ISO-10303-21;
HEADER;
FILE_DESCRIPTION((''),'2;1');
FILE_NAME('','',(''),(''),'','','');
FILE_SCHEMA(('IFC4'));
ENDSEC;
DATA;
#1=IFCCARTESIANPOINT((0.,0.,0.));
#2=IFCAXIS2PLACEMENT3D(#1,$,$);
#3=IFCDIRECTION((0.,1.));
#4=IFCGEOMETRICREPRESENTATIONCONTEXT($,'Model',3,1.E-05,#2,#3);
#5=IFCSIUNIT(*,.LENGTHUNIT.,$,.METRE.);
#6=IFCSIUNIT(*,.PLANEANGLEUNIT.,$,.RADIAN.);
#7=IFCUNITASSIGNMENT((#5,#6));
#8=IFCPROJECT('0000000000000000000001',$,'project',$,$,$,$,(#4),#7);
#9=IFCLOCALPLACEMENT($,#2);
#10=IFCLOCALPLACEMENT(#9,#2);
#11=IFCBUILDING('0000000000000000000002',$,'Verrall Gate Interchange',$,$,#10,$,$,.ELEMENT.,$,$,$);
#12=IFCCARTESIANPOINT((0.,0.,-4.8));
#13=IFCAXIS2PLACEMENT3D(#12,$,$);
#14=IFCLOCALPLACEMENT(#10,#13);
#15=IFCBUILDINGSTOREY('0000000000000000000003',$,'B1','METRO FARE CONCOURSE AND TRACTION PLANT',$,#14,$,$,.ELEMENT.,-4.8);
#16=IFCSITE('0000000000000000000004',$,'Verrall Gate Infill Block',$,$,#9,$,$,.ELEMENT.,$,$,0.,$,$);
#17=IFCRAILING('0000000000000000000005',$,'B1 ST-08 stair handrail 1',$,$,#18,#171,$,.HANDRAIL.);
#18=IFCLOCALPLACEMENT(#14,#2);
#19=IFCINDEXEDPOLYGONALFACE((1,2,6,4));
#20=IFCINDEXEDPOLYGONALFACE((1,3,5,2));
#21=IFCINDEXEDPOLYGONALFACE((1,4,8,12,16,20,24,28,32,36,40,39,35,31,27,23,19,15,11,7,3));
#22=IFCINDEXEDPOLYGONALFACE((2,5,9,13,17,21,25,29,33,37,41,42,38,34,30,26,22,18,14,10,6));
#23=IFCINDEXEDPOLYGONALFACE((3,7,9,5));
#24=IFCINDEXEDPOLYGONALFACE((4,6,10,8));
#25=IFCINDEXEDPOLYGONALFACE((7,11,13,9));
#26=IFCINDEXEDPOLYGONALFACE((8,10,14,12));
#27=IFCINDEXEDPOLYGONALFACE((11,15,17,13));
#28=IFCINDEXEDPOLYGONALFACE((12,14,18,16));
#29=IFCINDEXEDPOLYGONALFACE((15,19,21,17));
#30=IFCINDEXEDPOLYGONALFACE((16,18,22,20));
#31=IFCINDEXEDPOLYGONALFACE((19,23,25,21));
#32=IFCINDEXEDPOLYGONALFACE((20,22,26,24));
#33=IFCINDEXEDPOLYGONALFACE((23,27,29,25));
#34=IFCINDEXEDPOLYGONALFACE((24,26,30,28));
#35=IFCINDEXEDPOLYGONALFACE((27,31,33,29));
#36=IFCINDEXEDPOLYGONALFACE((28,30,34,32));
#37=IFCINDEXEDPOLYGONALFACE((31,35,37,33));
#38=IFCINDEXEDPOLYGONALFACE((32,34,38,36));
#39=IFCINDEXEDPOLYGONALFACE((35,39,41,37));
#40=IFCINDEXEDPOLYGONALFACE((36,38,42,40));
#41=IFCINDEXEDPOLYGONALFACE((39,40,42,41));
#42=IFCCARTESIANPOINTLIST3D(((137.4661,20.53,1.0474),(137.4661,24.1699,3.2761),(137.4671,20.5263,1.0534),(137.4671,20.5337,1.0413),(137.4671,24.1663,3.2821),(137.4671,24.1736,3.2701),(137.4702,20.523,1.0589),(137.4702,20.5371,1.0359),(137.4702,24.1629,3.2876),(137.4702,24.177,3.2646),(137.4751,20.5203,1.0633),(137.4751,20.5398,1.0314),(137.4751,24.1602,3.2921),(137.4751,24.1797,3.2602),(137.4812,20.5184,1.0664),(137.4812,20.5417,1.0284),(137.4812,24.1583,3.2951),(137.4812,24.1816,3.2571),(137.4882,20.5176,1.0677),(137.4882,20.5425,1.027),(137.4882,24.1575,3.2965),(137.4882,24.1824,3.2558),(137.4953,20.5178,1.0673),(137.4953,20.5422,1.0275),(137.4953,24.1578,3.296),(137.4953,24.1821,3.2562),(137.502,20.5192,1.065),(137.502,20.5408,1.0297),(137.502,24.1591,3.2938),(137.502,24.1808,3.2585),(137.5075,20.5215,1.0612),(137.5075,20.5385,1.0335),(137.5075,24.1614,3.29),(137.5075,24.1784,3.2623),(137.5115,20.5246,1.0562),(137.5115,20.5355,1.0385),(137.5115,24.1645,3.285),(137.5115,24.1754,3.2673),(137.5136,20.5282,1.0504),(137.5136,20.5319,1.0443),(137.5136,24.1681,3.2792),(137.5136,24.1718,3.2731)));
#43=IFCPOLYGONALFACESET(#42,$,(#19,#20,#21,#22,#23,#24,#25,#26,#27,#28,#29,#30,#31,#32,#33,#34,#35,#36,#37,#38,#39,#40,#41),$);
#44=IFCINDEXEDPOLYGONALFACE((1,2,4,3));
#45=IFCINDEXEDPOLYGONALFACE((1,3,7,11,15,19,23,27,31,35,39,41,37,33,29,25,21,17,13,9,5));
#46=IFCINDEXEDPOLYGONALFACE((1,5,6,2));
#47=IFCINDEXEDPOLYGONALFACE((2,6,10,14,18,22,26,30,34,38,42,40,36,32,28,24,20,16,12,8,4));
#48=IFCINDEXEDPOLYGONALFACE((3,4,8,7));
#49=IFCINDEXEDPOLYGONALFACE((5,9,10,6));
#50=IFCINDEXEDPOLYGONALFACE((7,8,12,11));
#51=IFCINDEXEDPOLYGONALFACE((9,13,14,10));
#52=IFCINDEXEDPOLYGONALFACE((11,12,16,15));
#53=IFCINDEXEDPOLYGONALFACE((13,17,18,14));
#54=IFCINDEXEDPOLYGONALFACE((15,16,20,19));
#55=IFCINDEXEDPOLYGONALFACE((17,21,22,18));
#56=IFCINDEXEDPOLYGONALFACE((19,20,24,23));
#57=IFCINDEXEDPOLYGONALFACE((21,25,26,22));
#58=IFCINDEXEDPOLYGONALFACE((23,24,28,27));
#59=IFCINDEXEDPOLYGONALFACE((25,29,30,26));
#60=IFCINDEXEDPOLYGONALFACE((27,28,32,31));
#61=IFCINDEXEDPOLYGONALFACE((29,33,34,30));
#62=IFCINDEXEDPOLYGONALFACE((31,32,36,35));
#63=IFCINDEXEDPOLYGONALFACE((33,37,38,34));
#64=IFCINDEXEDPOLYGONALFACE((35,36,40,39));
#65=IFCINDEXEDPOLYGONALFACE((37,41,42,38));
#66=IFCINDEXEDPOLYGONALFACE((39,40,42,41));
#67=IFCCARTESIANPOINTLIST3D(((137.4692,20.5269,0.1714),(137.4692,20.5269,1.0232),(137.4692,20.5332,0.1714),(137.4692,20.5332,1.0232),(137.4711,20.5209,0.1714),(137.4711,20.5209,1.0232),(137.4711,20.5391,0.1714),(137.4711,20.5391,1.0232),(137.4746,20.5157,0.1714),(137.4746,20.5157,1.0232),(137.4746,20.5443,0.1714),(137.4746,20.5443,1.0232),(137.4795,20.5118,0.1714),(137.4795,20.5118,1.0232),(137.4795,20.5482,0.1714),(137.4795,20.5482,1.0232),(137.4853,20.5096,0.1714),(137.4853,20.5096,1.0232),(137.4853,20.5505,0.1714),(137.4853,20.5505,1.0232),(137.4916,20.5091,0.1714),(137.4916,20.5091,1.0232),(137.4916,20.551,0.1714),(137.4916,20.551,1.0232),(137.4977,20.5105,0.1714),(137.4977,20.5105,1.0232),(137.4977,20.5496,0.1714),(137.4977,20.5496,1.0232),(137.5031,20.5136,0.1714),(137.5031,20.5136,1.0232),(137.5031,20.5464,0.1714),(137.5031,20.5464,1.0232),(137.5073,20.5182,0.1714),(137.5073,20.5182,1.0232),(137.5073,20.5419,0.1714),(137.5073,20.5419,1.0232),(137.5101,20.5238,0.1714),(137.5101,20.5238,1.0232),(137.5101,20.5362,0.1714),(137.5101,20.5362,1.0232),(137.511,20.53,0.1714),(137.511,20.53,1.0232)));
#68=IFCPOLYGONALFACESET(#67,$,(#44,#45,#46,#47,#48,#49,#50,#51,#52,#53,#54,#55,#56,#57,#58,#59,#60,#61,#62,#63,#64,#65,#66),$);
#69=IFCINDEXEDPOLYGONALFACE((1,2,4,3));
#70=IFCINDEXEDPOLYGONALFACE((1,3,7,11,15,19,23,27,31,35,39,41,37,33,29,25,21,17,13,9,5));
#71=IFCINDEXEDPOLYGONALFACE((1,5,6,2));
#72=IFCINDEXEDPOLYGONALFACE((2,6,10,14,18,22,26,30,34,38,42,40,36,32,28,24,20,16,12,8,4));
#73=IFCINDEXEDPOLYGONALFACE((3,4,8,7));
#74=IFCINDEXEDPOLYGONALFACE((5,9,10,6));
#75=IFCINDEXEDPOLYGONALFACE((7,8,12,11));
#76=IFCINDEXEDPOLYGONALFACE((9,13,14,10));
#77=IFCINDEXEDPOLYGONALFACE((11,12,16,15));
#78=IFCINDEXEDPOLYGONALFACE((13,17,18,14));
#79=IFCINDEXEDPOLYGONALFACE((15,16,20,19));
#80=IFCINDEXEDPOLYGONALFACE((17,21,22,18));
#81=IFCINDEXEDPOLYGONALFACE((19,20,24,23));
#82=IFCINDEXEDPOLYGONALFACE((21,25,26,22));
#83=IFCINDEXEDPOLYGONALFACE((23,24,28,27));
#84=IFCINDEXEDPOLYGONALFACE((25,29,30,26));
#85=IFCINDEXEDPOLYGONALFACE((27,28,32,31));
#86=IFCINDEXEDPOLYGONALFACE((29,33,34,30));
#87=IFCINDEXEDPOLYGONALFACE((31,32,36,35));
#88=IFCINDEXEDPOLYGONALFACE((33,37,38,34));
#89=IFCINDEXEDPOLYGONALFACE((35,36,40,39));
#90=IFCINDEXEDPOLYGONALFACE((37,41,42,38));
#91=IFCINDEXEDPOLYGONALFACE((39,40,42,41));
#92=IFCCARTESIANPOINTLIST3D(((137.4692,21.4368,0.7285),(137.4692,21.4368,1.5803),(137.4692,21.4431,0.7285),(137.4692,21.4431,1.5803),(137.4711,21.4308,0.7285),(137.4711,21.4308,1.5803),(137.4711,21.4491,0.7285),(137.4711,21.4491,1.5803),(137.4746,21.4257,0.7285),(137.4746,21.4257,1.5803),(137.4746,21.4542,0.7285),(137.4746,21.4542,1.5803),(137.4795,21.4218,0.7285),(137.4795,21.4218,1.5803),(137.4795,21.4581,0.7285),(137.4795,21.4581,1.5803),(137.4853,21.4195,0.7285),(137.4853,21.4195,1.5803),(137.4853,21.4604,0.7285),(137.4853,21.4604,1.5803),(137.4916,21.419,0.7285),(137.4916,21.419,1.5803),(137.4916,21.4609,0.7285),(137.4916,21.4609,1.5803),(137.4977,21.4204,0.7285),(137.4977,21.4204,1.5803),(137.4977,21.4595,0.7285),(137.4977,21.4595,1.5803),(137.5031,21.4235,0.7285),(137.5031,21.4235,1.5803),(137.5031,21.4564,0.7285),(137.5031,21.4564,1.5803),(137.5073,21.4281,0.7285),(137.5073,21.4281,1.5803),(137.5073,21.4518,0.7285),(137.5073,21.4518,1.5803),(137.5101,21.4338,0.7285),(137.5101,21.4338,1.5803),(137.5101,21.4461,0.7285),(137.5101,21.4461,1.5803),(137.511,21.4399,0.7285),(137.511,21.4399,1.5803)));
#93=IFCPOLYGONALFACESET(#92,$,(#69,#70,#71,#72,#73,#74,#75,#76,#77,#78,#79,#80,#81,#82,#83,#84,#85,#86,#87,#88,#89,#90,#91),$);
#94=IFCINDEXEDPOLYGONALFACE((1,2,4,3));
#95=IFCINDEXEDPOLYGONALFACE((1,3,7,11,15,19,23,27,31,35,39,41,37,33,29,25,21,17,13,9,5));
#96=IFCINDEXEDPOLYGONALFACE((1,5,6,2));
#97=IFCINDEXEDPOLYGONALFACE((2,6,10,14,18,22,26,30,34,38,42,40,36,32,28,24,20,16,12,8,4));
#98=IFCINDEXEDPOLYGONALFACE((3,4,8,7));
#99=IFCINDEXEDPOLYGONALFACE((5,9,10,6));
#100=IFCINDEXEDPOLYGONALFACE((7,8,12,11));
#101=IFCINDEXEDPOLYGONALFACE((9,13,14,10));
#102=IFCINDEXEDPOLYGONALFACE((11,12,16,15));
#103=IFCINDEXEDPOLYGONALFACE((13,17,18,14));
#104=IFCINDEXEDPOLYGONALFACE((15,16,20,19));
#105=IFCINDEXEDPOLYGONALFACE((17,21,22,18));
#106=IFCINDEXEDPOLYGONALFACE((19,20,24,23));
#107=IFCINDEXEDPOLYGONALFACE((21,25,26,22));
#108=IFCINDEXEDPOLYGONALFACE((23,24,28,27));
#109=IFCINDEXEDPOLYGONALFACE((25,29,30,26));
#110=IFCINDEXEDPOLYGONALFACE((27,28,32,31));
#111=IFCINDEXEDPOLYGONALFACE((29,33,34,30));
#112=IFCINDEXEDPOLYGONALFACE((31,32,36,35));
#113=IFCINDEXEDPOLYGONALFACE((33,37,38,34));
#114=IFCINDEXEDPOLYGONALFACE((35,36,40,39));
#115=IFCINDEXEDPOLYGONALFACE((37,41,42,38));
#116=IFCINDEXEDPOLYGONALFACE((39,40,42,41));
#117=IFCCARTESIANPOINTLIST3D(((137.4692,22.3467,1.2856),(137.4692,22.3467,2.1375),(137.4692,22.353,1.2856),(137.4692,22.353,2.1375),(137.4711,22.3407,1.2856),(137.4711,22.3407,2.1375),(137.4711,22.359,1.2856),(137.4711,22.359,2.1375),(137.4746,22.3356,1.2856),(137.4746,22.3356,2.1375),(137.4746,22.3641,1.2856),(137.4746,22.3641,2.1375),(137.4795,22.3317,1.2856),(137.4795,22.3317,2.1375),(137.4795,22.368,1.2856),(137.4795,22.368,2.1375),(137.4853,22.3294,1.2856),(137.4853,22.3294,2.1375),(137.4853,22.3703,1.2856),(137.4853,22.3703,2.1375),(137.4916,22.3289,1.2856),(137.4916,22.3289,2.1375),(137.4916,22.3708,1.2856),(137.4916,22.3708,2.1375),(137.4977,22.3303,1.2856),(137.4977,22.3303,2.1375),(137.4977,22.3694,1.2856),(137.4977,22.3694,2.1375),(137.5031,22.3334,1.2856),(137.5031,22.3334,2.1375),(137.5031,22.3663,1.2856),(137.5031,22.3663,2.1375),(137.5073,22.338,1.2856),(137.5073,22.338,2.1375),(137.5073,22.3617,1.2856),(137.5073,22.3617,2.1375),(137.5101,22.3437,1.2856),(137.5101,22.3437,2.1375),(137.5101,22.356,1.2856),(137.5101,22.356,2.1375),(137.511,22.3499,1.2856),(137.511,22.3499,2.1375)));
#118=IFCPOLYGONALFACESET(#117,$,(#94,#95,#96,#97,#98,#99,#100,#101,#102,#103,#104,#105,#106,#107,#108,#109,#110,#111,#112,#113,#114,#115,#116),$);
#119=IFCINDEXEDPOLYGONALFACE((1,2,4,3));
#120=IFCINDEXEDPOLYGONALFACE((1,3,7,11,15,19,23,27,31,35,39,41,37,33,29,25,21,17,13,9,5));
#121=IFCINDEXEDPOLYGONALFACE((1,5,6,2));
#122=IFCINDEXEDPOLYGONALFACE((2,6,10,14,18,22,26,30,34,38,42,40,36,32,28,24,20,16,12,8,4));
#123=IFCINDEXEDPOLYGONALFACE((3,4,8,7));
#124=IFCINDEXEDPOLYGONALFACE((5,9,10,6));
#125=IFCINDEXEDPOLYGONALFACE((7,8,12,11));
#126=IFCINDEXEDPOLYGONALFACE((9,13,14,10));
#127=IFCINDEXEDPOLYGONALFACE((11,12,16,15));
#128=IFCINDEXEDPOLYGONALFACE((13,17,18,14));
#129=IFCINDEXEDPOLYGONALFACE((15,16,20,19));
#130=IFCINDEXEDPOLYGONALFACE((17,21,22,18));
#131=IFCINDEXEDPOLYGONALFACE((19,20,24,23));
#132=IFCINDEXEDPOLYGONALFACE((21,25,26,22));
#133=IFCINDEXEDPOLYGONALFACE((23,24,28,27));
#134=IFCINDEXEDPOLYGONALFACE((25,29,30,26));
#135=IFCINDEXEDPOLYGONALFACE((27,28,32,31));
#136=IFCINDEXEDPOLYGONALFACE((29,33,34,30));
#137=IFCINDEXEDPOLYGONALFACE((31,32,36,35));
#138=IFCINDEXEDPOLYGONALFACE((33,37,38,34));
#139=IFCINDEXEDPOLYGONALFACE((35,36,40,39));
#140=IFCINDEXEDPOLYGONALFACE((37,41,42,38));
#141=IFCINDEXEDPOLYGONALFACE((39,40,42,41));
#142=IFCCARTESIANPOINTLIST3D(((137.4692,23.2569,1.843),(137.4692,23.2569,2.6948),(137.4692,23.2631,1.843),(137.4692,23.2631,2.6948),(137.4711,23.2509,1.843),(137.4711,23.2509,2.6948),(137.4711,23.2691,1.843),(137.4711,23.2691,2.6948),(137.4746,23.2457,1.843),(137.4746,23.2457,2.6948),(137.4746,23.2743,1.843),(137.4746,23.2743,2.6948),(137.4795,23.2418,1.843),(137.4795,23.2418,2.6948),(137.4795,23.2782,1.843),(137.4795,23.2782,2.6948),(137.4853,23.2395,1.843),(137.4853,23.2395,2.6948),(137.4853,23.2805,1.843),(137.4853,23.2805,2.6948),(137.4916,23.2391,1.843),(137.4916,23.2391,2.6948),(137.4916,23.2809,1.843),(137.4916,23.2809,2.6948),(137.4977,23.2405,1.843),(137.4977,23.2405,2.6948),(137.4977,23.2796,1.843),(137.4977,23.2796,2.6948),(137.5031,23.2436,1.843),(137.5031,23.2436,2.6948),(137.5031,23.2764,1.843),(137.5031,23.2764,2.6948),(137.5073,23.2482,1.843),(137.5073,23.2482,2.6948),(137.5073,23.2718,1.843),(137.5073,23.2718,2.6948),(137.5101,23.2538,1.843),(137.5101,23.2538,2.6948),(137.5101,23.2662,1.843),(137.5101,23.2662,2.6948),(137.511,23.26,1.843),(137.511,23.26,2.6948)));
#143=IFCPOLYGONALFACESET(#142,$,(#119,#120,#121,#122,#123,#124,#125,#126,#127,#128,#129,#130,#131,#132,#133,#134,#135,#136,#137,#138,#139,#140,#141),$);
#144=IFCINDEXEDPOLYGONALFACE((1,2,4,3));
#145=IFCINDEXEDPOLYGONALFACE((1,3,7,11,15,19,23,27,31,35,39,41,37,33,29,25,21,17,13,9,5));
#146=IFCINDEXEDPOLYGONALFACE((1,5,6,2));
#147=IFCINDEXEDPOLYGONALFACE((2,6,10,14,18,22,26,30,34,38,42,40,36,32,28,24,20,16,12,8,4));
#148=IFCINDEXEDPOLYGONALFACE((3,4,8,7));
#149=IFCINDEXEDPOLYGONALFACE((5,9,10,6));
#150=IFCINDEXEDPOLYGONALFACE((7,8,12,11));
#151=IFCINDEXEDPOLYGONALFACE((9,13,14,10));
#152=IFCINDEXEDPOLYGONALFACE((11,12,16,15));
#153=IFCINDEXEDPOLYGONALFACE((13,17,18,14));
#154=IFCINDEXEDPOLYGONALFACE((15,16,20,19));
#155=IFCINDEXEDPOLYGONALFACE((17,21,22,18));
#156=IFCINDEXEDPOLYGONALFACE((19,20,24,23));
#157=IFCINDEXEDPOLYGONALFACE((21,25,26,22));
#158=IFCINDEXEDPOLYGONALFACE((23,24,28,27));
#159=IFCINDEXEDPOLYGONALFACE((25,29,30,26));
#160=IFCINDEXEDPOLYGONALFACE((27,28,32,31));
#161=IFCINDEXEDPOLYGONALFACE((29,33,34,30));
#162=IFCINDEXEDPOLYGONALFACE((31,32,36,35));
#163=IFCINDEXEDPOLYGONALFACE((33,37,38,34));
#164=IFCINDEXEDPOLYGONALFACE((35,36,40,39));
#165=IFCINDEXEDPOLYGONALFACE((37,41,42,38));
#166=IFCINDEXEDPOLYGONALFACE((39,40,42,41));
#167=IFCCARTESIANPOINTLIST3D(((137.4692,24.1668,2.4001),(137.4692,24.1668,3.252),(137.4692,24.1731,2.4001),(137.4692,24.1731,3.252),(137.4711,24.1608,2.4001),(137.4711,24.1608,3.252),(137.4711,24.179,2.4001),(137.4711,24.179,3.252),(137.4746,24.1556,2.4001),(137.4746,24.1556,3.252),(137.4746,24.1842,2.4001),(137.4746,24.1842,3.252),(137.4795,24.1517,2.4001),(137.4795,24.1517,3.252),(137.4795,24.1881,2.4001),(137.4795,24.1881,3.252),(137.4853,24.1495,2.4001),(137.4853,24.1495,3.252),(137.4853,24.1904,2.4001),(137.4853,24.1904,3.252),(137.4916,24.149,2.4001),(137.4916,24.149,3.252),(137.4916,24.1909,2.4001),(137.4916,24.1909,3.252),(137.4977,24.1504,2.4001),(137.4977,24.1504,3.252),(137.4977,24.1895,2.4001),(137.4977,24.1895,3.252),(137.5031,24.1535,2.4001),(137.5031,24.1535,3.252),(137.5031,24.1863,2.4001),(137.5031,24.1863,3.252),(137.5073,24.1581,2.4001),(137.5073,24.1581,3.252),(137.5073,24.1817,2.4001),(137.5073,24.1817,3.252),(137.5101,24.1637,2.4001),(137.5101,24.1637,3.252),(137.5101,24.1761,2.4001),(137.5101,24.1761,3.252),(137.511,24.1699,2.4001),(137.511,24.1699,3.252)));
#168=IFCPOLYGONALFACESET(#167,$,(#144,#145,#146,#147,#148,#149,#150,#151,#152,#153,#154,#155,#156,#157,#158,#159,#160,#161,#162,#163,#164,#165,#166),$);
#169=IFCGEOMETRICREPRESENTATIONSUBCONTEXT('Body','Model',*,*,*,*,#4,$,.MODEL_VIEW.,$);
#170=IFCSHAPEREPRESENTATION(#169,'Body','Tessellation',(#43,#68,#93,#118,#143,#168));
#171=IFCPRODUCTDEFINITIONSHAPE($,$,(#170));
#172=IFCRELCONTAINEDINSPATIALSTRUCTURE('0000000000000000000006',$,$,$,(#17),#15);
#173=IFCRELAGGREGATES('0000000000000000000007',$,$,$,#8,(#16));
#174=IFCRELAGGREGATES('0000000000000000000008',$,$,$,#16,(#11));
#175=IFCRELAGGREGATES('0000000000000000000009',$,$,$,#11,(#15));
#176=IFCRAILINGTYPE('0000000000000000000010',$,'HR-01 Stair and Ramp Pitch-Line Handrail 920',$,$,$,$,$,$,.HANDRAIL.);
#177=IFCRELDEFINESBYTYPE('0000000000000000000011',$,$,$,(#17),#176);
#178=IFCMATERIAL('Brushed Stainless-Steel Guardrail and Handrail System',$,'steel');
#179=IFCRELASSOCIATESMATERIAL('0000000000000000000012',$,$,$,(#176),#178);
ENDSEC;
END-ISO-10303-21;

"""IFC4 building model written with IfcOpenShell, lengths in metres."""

from ifc_helpers import new_model, si_unit, direction, frame, origin, origin_2d, place, context, subcontext, project, spatial, circle, extrude, material, type_object, element, save


model = new_model("IFC4")

# Units and contexts
model_context = context("Model", 3, precision=1e-05, world=origin(), true_north=direction((0.0, 1.0)))
body_context = subcontext(model_context, "Body", "Model", "MODEL_VIEW")
ifc_project = project(units=[si_unit("LENGTHUNIT", "METRE"), si_unit("PLANEANGLEUNIT", "RADIAN")], contexts=[model_context])

# Site, building, storey
site_placement = place(None, origin())
site = spatial("IfcSite", under=ifc_project, at=site_placement, Name="Verrall Gate Infill Block", CompositionType="ELEMENT", RefElevation=0.0)
building_placement = place(site_placement, origin())
building = spatial("IfcBuilding", under=site, at=building_placement, Name="Verrall Gate Interchange", CompositionType="ELEMENT")
storey_placement = place(building_placement, frame((0.0, 0.0, -4.8)))
storey = spatial("IfcBuildingStorey", under=building, at=storey_placement, Name="B1", Description="METRO FARE CONCOURSE AND TRACTION PLANT", CompositionType="ELEMENT", Elevation=-4.8)

# Railing
ifc_material_1 = material(Name="Brushed Stainless-Steel Guardrail and Handrail System", Category="steel")
railing_type_1 = type_object("IfcRailingType", Name="HR-01 Stair and Ramp Pitch-Line Handrail 920", PredefinedType="HANDRAIL", material=ifc_material_1)
railing_1_placement = place(storey_placement, frame((137.49, 20.53, 0.1714)))
element("IfcRailing", 1, at=railing_1_placement, inside=storey, type_object=railing_type_1, Name="B1 ST-08 stair handrail 1", PredefinedType="HANDRAIL", context=body_context, shape_type="SweptSolid", body=[
    extrude(circle(Radius=0.0239, at=origin_2d()), frame((0.0, 0.0, 0.876), z_axis=(0.0, 0.852825, 0.522197), x_axis=(-1.0, 0.0, 0.0)), (0.0, 0.0, 1.0), 4.2681),
    extrude(circle(Radius=0.021, at=origin_2d()), origin(), (0.0, 0.0, 1.0), 0.8518),
    extrude(circle(Radius=0.021, at=origin_2d()), frame((0.0, 0.9099, 0.5571)), (0.0, 0.0, 1.0), 0.8518),
    extrude(circle(Radius=0.021, at=origin_2d()), frame((0.0, 1.8198, 1.1143)), (0.0, 0.0, 1.0), 0.8518),
    extrude(circle(Radius=0.021, at=origin_2d()), frame((0.0, 2.73, 1.6716)), (0.0, 0.0, 1.0), 0.8518),
    extrude(circle(Radius=0.021, at=origin_2d()), frame((0.0, 3.6399, 2.2288)), (0.0, 0.0, 1.0), 0.8518),
])

save(model, "model.ifc")
